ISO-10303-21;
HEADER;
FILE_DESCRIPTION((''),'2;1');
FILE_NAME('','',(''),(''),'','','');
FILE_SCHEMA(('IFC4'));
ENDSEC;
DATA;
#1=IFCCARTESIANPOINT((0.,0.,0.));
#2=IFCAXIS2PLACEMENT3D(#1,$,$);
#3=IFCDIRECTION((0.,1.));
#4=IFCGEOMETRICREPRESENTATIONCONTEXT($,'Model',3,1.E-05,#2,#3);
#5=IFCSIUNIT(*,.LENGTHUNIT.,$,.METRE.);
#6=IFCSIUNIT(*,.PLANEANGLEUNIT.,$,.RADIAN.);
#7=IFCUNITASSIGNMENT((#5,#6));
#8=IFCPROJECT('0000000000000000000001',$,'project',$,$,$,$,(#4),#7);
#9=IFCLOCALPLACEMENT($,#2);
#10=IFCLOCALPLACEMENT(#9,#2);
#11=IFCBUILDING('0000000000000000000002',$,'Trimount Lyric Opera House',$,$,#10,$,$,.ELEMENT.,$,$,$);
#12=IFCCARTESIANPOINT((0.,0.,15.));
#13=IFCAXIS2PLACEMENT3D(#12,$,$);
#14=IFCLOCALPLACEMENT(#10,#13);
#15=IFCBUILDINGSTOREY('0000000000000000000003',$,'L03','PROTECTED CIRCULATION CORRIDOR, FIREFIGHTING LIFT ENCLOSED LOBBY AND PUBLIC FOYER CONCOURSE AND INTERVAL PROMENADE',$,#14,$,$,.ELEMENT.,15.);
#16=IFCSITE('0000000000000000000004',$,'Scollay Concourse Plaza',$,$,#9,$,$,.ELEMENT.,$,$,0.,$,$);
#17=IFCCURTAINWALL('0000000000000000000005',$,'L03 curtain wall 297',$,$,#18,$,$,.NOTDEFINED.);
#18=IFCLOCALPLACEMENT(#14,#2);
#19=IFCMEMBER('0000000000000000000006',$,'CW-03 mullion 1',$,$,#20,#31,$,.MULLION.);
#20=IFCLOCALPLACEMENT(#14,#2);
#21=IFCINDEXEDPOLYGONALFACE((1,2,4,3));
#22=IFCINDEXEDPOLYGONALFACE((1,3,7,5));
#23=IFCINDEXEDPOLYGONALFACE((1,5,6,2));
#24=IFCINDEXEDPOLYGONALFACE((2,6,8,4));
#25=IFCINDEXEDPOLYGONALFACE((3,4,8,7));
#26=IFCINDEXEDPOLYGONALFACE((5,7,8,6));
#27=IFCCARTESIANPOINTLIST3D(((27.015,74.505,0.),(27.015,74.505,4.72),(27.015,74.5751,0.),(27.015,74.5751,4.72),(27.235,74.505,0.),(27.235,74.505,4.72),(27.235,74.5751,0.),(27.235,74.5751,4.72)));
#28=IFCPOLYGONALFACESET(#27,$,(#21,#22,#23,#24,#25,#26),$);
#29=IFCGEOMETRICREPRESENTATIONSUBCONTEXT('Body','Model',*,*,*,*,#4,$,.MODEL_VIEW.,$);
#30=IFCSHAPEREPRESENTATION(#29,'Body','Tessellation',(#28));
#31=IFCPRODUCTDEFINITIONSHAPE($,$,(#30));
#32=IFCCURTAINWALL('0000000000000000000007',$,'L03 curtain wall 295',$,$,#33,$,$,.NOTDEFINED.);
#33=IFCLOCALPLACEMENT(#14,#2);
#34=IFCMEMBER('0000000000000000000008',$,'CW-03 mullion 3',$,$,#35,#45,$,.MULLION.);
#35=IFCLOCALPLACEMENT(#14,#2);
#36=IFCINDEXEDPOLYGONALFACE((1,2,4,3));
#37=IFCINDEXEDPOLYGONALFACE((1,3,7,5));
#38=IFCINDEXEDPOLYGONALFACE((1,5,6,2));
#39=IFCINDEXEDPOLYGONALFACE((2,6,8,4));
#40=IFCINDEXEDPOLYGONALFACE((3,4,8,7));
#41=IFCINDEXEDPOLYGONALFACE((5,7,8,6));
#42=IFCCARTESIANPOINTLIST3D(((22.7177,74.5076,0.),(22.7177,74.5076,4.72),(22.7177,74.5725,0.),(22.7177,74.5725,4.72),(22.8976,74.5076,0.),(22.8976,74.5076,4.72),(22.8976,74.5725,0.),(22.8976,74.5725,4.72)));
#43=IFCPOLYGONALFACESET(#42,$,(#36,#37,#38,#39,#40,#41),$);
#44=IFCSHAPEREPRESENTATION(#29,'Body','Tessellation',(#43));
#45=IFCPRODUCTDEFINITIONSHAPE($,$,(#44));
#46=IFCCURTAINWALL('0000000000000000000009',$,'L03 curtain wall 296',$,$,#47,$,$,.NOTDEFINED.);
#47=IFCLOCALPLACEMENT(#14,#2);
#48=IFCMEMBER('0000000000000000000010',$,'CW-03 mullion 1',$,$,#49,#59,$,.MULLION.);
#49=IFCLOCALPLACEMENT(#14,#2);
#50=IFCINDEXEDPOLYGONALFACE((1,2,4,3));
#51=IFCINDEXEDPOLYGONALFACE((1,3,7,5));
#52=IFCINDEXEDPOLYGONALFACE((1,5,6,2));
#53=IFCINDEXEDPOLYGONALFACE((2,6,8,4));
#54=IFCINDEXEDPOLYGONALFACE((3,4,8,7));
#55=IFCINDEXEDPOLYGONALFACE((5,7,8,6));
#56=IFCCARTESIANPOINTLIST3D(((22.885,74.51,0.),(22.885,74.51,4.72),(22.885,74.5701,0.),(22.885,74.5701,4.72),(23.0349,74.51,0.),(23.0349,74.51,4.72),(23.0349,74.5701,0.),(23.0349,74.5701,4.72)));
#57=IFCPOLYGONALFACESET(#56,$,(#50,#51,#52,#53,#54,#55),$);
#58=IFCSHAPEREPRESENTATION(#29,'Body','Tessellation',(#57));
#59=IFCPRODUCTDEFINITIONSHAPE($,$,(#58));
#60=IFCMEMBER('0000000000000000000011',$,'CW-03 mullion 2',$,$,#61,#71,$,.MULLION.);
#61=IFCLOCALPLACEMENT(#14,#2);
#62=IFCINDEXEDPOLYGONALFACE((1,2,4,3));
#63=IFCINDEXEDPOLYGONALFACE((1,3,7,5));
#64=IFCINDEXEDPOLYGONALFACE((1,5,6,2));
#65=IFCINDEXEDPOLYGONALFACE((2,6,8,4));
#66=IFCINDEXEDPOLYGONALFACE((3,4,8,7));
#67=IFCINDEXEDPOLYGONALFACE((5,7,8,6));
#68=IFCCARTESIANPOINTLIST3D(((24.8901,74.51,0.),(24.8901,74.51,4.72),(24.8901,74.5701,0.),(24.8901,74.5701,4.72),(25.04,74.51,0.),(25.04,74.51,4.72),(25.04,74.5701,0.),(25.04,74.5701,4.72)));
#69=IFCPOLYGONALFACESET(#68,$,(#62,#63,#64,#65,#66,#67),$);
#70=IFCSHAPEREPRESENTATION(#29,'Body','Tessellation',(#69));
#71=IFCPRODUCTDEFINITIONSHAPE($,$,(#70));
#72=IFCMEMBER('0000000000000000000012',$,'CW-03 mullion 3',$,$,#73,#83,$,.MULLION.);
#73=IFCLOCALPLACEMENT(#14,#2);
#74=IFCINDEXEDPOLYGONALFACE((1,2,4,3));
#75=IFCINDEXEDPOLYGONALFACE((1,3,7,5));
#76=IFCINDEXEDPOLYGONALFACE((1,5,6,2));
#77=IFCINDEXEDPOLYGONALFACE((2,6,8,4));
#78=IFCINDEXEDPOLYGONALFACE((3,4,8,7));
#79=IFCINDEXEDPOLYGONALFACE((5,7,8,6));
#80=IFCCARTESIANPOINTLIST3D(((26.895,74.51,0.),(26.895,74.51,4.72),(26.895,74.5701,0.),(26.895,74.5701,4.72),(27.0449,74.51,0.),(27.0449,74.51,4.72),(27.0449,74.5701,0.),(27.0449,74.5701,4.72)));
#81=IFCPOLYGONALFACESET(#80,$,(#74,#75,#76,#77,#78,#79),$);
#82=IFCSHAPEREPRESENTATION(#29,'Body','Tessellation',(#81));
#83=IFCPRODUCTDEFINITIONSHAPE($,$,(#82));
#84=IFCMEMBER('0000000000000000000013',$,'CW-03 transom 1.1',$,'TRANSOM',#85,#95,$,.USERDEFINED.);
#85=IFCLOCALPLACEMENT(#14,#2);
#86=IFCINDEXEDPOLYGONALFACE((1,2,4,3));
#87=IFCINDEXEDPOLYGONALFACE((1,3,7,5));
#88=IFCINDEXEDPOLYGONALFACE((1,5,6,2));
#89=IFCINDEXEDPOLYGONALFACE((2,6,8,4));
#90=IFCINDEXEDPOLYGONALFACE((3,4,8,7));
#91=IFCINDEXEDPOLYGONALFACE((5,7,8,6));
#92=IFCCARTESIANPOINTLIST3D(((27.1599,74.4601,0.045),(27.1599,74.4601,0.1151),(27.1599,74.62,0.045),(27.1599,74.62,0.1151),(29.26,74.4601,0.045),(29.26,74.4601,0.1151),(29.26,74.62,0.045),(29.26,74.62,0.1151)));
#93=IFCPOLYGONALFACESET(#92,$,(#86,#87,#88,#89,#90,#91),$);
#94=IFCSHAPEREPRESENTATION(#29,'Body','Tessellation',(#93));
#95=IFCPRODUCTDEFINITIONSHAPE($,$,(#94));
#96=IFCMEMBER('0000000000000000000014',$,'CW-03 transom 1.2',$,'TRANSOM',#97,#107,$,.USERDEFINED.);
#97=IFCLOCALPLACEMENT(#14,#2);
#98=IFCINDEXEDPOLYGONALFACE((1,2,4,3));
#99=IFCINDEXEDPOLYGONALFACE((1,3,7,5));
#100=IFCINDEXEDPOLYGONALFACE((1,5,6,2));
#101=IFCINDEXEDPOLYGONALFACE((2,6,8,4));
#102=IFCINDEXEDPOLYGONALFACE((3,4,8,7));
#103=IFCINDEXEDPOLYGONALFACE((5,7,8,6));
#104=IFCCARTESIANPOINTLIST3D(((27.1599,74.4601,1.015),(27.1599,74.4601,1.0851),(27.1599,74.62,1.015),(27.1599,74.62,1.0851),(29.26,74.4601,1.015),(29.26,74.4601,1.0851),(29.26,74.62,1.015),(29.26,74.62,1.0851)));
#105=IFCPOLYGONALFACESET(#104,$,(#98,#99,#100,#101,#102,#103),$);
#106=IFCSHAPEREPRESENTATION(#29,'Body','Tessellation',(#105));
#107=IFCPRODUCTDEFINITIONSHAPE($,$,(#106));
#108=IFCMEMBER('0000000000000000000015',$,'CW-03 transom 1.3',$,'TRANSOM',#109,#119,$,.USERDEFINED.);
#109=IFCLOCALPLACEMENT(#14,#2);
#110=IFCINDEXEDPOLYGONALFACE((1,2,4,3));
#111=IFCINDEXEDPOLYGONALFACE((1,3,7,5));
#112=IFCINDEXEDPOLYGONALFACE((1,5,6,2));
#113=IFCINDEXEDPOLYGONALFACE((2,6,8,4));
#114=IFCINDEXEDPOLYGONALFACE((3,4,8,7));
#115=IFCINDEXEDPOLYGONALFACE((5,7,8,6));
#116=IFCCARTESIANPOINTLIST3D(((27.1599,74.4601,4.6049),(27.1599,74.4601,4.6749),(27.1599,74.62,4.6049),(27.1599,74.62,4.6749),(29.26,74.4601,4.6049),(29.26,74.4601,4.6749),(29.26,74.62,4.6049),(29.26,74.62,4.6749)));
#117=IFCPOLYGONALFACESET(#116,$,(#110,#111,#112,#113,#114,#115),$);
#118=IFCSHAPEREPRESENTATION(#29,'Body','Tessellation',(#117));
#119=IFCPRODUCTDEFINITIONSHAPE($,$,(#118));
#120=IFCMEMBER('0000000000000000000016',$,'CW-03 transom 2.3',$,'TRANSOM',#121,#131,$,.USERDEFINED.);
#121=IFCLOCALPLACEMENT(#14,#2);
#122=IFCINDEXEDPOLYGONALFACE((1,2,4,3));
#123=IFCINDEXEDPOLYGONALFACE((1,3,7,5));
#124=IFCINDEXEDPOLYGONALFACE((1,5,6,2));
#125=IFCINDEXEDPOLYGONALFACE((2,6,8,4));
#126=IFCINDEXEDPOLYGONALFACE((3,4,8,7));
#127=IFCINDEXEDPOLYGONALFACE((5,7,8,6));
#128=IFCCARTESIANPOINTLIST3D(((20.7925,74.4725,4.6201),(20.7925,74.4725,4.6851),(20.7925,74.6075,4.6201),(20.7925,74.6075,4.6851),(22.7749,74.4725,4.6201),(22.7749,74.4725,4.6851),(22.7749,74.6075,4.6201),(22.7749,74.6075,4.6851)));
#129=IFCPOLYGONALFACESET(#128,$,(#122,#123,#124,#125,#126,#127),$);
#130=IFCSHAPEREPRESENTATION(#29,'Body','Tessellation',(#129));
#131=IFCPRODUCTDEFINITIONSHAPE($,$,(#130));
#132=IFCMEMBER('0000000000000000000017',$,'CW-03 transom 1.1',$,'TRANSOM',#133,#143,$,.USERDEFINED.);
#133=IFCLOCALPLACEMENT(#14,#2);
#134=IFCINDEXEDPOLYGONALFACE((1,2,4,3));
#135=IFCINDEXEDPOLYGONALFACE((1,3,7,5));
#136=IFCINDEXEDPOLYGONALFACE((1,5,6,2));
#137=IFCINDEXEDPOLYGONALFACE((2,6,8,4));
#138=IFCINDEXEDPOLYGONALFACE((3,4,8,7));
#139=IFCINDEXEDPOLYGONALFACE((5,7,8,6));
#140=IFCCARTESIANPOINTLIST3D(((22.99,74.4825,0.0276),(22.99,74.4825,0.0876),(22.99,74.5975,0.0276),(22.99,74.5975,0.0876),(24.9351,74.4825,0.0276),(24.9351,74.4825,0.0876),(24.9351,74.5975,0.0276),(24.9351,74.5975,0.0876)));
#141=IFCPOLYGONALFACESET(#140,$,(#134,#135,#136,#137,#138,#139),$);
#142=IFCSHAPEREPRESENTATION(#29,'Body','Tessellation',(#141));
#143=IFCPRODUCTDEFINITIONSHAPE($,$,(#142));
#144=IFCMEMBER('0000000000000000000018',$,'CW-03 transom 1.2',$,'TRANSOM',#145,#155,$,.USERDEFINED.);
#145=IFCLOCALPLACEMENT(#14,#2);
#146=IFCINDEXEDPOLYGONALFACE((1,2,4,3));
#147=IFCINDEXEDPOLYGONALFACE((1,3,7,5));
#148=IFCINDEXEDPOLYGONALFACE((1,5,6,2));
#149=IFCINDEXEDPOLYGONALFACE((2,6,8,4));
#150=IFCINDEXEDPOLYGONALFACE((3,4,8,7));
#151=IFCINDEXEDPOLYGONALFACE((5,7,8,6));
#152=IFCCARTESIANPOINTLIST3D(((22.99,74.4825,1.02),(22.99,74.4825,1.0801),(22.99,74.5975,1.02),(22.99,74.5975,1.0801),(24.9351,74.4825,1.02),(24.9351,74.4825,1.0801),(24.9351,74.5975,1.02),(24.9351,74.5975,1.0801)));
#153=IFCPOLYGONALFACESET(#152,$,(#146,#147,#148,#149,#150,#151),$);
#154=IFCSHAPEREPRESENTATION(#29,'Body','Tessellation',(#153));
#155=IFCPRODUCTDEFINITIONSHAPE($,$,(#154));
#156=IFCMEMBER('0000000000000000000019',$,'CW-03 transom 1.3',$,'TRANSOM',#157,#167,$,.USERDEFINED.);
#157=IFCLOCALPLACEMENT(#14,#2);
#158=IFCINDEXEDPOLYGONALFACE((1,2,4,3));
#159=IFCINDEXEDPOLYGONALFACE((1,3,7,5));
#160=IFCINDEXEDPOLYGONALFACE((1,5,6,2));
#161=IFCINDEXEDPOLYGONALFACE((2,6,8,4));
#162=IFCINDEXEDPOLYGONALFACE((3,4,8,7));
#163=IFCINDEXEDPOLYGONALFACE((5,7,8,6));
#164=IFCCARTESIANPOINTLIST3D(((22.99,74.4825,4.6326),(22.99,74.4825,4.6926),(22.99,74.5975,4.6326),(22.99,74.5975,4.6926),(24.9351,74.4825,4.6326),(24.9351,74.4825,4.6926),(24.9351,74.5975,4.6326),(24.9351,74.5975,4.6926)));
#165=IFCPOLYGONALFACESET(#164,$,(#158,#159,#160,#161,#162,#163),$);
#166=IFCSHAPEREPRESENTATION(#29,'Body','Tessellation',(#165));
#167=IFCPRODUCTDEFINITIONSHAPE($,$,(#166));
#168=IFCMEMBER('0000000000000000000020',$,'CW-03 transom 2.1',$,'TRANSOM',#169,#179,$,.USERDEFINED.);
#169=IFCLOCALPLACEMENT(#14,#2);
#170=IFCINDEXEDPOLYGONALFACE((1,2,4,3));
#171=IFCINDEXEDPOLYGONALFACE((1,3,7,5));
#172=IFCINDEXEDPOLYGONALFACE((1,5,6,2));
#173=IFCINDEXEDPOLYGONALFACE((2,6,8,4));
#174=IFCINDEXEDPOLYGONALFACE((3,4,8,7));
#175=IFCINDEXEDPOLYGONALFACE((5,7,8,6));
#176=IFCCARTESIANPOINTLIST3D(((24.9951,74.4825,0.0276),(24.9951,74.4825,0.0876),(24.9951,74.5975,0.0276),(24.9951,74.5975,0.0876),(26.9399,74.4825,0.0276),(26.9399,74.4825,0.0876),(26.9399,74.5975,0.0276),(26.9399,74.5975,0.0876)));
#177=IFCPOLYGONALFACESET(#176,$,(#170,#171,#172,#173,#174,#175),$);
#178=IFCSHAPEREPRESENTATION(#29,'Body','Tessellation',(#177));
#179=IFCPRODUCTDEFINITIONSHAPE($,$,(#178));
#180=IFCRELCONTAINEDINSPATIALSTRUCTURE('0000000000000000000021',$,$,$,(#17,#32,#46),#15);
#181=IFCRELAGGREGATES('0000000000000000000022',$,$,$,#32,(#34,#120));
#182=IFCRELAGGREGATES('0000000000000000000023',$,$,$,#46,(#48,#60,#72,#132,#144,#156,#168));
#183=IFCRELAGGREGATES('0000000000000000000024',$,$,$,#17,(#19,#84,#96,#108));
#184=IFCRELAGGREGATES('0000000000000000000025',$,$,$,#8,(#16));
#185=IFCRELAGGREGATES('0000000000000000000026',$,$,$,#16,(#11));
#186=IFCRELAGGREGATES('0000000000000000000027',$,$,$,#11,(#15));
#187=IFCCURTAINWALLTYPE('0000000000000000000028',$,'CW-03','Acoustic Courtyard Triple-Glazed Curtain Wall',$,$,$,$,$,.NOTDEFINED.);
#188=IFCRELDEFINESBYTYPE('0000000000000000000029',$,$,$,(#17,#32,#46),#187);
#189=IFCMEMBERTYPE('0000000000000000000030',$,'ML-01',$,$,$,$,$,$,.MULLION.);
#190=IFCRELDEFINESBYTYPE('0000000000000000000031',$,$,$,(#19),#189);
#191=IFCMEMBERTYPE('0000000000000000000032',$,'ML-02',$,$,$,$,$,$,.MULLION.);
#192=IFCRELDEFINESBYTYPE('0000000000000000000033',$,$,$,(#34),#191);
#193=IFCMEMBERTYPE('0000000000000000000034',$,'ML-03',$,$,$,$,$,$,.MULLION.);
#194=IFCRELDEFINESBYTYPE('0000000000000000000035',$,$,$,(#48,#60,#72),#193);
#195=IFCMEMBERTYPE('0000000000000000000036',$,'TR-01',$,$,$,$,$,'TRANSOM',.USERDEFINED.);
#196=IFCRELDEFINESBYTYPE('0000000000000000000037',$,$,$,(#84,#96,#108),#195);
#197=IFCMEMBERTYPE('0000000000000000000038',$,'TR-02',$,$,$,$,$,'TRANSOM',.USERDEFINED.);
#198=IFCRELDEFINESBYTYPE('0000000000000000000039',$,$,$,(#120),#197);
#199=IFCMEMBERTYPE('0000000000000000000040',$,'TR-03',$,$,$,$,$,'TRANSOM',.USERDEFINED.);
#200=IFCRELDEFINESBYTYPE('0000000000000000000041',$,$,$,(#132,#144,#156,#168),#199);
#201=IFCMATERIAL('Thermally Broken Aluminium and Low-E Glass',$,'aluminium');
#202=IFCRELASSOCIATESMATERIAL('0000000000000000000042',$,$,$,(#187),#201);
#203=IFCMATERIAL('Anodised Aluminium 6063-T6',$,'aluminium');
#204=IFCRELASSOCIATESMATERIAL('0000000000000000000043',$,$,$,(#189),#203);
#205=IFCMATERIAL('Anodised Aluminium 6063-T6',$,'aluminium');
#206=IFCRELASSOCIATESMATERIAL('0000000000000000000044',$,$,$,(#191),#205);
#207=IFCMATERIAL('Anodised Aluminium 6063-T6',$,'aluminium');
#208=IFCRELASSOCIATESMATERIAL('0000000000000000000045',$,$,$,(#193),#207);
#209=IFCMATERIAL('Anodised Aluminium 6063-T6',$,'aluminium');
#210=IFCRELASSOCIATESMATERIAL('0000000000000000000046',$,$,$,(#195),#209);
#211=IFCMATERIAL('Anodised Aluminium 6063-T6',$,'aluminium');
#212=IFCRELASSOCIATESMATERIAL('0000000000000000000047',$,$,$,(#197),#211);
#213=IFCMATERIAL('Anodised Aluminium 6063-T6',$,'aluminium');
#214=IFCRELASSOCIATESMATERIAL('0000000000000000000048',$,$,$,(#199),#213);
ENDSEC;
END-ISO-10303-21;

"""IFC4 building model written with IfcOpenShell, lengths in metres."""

from ifc_helpers import new_model, si_unit, direction, frame, origin, origin_2d, place, context, subcontext, project, spatial, rectangle, extrude, material, material_profile, profile_set, type_object, element, aggregate, save


model = new_model("IFC4")

# Units and contexts
model_context = context("Model", 3, precision=1e-05, world=origin(), true_north=direction((0.0, 1.0)))
body_context = subcontext(model_context, "Body", "Model", "MODEL_VIEW")
ifc_project = project(units=[si_unit("LENGTHUNIT", "METRE"), si_unit("PLANEANGLEUNIT", "RADIAN")], contexts=[model_context])

# Site, building, storey
site_placement = place(None, origin())
site = spatial("IfcSite", under=ifc_project, at=site_placement, Name="Scollay Concourse Plaza", CompositionType="ELEMENT", RefElevation=0.0)
building_placement = place(site_placement, origin())
building = spatial("IfcBuilding", under=site, at=building_placement, Name="Trimount Lyric Opera House", CompositionType="ELEMENT")
storey_placement = place(building_placement, frame((0.0, 0.0, 15.0)))
storey = spatial("IfcBuildingStorey", under=building, at=storey_placement, Name="L03", Description="PROTECTED CIRCULATION CORRIDOR, FIREFIGHTING LIFT ENCLOSED LOBBY AND PUBLIC FOYER CONCOURSE AND INTERVAL PROMENADE", CompositionType="ELEMENT", Elevation=15.0)

# Curtain walls, members
ifc_material_1 = material(Name="Thermally Broken Aluminium and Low-E Glass", Category="aluminium")
curtain_wall_type = type_object("IfcCurtainWallType", Name="CW-03", Description="Acoustic Courtyard Triple-Glazed Curtain Wall", PredefinedType="NOTDEFINED", material=ifc_material_1)
curtain_wall_1_placement = place(storey_placement, origin())
curtain_wall_1 = element("IfcCurtainWall", 1, at=curtain_wall_1_placement, inside=storey, type_object=curtain_wall_type, Name="L03 curtain wall 297", PredefinedType="NOTDEFINED")
ifc_material_2 = material(Name="Anodised Aluminium 6063-T6", Category="aluminium")
ifc_material_profile_1 = material_profile(ifc_material_2, rectangle(XDim=0.0701, YDim=0.22, at=origin_2d()), Name="ALU-MULL-70X220")
ifc_profile_set_1 = profile_set([ifc_material_profile_1], Name="Anodised Aluminium 6063-T6")
member_type_1 = type_object("IfcMemberType", Name="ML-01", PredefinedType="MULLION", material=ifc_profile_set_1)
member_1_placement = place(storey_placement, frame((27.125, 74.54, 0.0), z_axis=(0.0, 0.0, 1.0), x_axis=(0.0, 1.0, 0.0)))
member_1 = element("IfcMember", 2, at=member_1_placement, type_object=member_type_1, Name="CW-03 mullion 1", PredefinedType="MULLION", context=body_context, shape_type="SweptSolid", body=[
    extrude(rectangle(XDim=0.0701, YDim=0.22, at=origin_2d()), origin(), (0.0, 0.0, 1.0), 4.72),
])
curtain_wall_2_placement = place(storey_placement, origin())
curtain_wall_2 = element("IfcCurtainWall", 3, at=curtain_wall_2_placement, inside=storey, type_object=curtain_wall_type, Name="L03 curtain wall 295", PredefinedType="NOTDEFINED")
ifc_material_3 = material(Name="Anodised Aluminium 6063-T6", Category="aluminium")
ifc_material_profile_2 = material_profile(ifc_material_3, rectangle(XDim=0.0649, YDim=0.1799, at=origin_2d()), Name="ALU-MULL-65X180")
ifc_profile_set_2 = profile_set([ifc_material_profile_2], Name="Anodised Aluminium 6063-T6")
member_type_2 = type_object("IfcMemberType", Name="ML-02", PredefinedType="MULLION", material=ifc_profile_set_2)
member_2_placement = place(storey_placement, frame((22.8076, 74.54, 0.0), z_axis=(0.0, 0.0, 1.0), x_axis=(0.0, 1.0, 0.0)))
member_2 = element("IfcMember", 4, at=member_2_placement, type_object=member_type_2, Name="CW-03 mullion 3", PredefinedType="MULLION", context=body_context, shape_type="SweptSolid", body=[
    extrude(rectangle(XDim=0.0649, YDim=0.1799, at=origin_2d()), origin(), (0.0, 0.0, 1.0), 4.72),
])

# Curtain wall, members
curtain_wall_3_placement = place(storey_placement, origin())
curtain_wall_3 = element("IfcCurtainWall", 5, at=curtain_wall_3_placement, inside=storey, type_object=curtain_wall_type, Name="L03 curtain wall 296", PredefinedType="NOTDEFINED")
ifc_material_4 = material(Name="Anodised Aluminium 6063-T6", Category="aluminium")
ifc_material_profile_3 = material_profile(ifc_material_4, rectangle(XDim=0.0601, YDim=0.1499, at=origin_2d()), Name="ALU-MULL-60X150")
ifc_profile_set_3 = profile_set([ifc_material_profile_3], Name="Anodised Aluminium 6063-T6")
member_type_3 = type_object("IfcMemberType", Name="ML-03", PredefinedType="MULLION", material=ifc_profile_set_3)
member_3_placement = place(storey_placement, frame((22.96, 74.54, 0.0), z_axis=(0.0, 0.0, 1.0), x_axis=(0.0, 1.0, 0.0)))
member_3 = element("IfcMember", 6, at=member_3_placement, type_object=member_type_3, Name="CW-03 mullion 1", PredefinedType="MULLION", context=body_context, shape_type="SweptSolid", body=[
    extrude(rectangle(XDim=0.0601, YDim=0.1499, at=origin_2d()), origin(), (0.0, 0.0, 1.0), 4.72),
])
member_4_placement = place(storey_placement, frame((24.9651, 74.54, 0.0), z_axis=(0.0, 0.0, 1.0), x_axis=(0.0, 1.0, 0.0)))
member_4 = element("IfcMember", 7, at=member_4_placement, type_object=member_type_3, Name="CW-03 mullion 2", PredefinedType="MULLION", context=body_context, shape_type="SweptSolid", body=[
    extrude(rectangle(XDim=0.0601, YDim=0.1499, at=origin_2d()), origin(), (0.0, 0.0, 1.0), 4.72),
])
member_5_placement = place(storey_placement, frame((26.97, 74.54, 0.0), z_axis=(0.0, 0.0, 1.0), x_axis=(0.0, 1.0, 0.0)))
member_5 = element("IfcMember", 8, at=member_5_placement, type_object=member_type_3, Name="CW-03 mullion 3", PredefinedType="MULLION", context=body_context, shape_type="SweptSolid", body=[
    extrude(rectangle(XDim=0.0601, YDim=0.1499, at=origin_2d()), origin(), (0.0, 0.0, 1.0), 4.72),
])

# Members
ifc_material_5 = material(Name="Anodised Aluminium 6063-T6", Category="aluminium")
ifc_material_profile_4 = material_profile(ifc_material_5, rectangle(XDim=0.1599, YDim=0.0701, at=origin_2d()), Name="ALU-TRAN-70X160")
ifc_profile_set_4 = profile_set([ifc_material_profile_4], Name="Anodised Aluminium 6063-T6")
member_type_4 = type_object("IfcMemberType", Name="TR-01", ElementType="TRANSOM", PredefinedType="USERDEFINED", material=ifc_profile_set_4)
member_6_placement = place(storey_placement, frame((27.1599, 74.54, 0.0801), z_axis=(1.0, 0.0, 0.0), x_axis=(0.0, 1.0, 0.0)))
member_6 = element("IfcMember", 9, at=member_6_placement, type_object=member_type_4, Name="CW-03 transom 1.1", ObjectType="TRANSOM", PredefinedType="USERDEFINED", context=body_context, shape_type="SweptSolid", body=[
    extrude(rectangle(XDim=0.1599, YDim=0.0701, at=origin_2d()), origin(), (0.0, 0.0, 1.0), 2.1001),
])
member_7_placement = place(storey_placement, frame((27.1599, 74.54, 1.05), z_axis=(1.0, 0.0, 0.0), x_axis=(0.0, 1.0, 0.0)))
member_7 = element("IfcMember", 10, at=member_7_placement, type_object=member_type_4, Name="CW-03 transom 1.2", ObjectType="TRANSOM", PredefinedType="USERDEFINED", context=body_context, shape_type="SweptSolid", body=[
    extrude(rectangle(XDim=0.1599, YDim=0.0701, at=origin_2d()), origin(), (0.0, 0.0, 1.0), 2.1001),
])
member_8_placement = place(storey_placement, frame((27.1599, 74.54, 4.6399), z_axis=(1.0, 0.0, 0.0), x_axis=(0.0, 1.0, 0.0)))
member_8 = element("IfcMember", 11, at=member_8_placement, type_object=member_type_4, Name="CW-03 transom 1.3", ObjectType="TRANSOM", PredefinedType="USERDEFINED", context=body_context, shape_type="SweptSolid", body=[
    extrude(rectangle(XDim=0.1599, YDim=0.0701, at=origin_2d()), origin(), (0.0, 0.0, 1.0), 2.1001),
])
ifc_material_6 = material(Name="Anodised Aluminium 6063-T6", Category="aluminium")
ifc_material_profile_5 = material_profile(ifc_material_6, rectangle(XDim=0.135, YDim=0.0649, at=origin_2d()), Name="ALU-TRAN-65X135")
ifc_profile_set_5 = profile_set([ifc_material_profile_5], Name="Anodised Aluminium 6063-T6")
member_type_5 = type_object("IfcMemberType", Name="TR-02", ElementType="TRANSOM", PredefinedType="USERDEFINED", material=ifc_profile_set_5)
member_9_placement = place(storey_placement, frame((20.7925, 74.54, 4.6526), z_axis=(1.0, 0.0, 0.0), x_axis=(0.0, 1.0, 0.0)))
member_9 = element("IfcMember", 12, at=member_9_placement, type_object=member_type_5, Name="CW-03 transom 2.3", ObjectType="TRANSOM", PredefinedType="USERDEFINED", context=body_context, shape_type="SweptSolid", body=[
    extrude(rectangle(XDim=0.135, YDim=0.0649, at=origin_2d()), origin(), (0.0, 0.0, 1.0), 1.9824),
])
ifc_material_7 = material(Name="Anodised Aluminium 6063-T6", Category="aluminium")
ifc_material_profile_6 = material_profile(ifc_material_7, rectangle(XDim=0.115, YDim=0.0601, at=origin_2d()), Name="ALU-TRAN-60X115")
ifc_profile_set_6 = profile_set([ifc_material_profile_6], Name="Anodised Aluminium 6063-T6")
member_type_6 = type_object("IfcMemberType", Name="TR-03", ElementType="TRANSOM", PredefinedType="USERDEFINED", material=ifc_profile_set_6)
member_10_placement = place(storey_placement, frame((22.99, 74.54, 0.0576), z_axis=(1.0, 0.0, 0.0), x_axis=(0.0, 1.0, 0.0)))
member_10 = element("IfcMember", 13, at=member_10_placement, type_object=member_type_6, Name="CW-03 transom 1.1", ObjectType="TRANSOM", PredefinedType="USERDEFINED", context=body_context, shape_type="SweptSolid", body=[
    extrude(rectangle(XDim=0.115, YDim=0.0601, at=origin_2d()), origin(), (0.0, 0.0, 1.0), 1.9451),
])
member_11_placement = place(storey_placement, frame((22.99, 74.54, 1.05), z_axis=(1.0, 0.0, 0.0), x_axis=(0.0, 1.0, 0.0)))
member_11 = element("IfcMember", 14, at=member_11_placement, type_object=member_type_6, Name="CW-03 transom 1.2", ObjectType="TRANSOM", PredefinedType="USERDEFINED", context=body_context, shape_type="SweptSolid", body=[
    extrude(rectangle(XDim=0.115, YDim=0.0601, at=origin_2d()), origin(), (0.0, 0.0, 1.0), 1.9451),
])
member_12_placement = place(storey_placement, frame((22.99, 74.54, 4.6626), z_axis=(1.0, 0.0, 0.0), x_axis=(0.0, 1.0, 0.0)))
member_12 = element("IfcMember", 15, at=member_12_placement, type_object=member_type_6, Name="CW-03 transom 1.3", ObjectType="TRANSOM", PredefinedType="USERDEFINED", context=body_context, shape_type="SweptSolid", body=[
    extrude(rectangle(XDim=0.115, YDim=0.0601, at=origin_2d()), origin(), (0.0, 0.0, 1.0), 1.9451),
])
member_13_placement = place(storey_placement, frame((24.9951, 74.54, 0.0576), z_axis=(1.0, 0.0, 0.0), x_axis=(0.0, 1.0, 0.0)))
member_13 = element("IfcMember", 16, at=member_13_placement, type_object=member_type_6, Name="CW-03 transom 2.1", ObjectType="TRANSOM", PredefinedType="USERDEFINED", context=body_context, shape_type="SweptSolid", body=[
    extrude(rectangle(XDim=0.115, YDim=0.0601, at=origin_2d()), origin(), (0.0, 0.0, 1.0), 1.9448),
])

aggregate(curtain_wall_2, [member_2, member_9])
aggregate(curtain_wall_3, [member_3, member_4, member_5, member_10, member_11, member_12, member_13])
aggregate(curtain_wall_1, [member_1, member_6, member_7, member_8])

save(model, "model.ifc")
